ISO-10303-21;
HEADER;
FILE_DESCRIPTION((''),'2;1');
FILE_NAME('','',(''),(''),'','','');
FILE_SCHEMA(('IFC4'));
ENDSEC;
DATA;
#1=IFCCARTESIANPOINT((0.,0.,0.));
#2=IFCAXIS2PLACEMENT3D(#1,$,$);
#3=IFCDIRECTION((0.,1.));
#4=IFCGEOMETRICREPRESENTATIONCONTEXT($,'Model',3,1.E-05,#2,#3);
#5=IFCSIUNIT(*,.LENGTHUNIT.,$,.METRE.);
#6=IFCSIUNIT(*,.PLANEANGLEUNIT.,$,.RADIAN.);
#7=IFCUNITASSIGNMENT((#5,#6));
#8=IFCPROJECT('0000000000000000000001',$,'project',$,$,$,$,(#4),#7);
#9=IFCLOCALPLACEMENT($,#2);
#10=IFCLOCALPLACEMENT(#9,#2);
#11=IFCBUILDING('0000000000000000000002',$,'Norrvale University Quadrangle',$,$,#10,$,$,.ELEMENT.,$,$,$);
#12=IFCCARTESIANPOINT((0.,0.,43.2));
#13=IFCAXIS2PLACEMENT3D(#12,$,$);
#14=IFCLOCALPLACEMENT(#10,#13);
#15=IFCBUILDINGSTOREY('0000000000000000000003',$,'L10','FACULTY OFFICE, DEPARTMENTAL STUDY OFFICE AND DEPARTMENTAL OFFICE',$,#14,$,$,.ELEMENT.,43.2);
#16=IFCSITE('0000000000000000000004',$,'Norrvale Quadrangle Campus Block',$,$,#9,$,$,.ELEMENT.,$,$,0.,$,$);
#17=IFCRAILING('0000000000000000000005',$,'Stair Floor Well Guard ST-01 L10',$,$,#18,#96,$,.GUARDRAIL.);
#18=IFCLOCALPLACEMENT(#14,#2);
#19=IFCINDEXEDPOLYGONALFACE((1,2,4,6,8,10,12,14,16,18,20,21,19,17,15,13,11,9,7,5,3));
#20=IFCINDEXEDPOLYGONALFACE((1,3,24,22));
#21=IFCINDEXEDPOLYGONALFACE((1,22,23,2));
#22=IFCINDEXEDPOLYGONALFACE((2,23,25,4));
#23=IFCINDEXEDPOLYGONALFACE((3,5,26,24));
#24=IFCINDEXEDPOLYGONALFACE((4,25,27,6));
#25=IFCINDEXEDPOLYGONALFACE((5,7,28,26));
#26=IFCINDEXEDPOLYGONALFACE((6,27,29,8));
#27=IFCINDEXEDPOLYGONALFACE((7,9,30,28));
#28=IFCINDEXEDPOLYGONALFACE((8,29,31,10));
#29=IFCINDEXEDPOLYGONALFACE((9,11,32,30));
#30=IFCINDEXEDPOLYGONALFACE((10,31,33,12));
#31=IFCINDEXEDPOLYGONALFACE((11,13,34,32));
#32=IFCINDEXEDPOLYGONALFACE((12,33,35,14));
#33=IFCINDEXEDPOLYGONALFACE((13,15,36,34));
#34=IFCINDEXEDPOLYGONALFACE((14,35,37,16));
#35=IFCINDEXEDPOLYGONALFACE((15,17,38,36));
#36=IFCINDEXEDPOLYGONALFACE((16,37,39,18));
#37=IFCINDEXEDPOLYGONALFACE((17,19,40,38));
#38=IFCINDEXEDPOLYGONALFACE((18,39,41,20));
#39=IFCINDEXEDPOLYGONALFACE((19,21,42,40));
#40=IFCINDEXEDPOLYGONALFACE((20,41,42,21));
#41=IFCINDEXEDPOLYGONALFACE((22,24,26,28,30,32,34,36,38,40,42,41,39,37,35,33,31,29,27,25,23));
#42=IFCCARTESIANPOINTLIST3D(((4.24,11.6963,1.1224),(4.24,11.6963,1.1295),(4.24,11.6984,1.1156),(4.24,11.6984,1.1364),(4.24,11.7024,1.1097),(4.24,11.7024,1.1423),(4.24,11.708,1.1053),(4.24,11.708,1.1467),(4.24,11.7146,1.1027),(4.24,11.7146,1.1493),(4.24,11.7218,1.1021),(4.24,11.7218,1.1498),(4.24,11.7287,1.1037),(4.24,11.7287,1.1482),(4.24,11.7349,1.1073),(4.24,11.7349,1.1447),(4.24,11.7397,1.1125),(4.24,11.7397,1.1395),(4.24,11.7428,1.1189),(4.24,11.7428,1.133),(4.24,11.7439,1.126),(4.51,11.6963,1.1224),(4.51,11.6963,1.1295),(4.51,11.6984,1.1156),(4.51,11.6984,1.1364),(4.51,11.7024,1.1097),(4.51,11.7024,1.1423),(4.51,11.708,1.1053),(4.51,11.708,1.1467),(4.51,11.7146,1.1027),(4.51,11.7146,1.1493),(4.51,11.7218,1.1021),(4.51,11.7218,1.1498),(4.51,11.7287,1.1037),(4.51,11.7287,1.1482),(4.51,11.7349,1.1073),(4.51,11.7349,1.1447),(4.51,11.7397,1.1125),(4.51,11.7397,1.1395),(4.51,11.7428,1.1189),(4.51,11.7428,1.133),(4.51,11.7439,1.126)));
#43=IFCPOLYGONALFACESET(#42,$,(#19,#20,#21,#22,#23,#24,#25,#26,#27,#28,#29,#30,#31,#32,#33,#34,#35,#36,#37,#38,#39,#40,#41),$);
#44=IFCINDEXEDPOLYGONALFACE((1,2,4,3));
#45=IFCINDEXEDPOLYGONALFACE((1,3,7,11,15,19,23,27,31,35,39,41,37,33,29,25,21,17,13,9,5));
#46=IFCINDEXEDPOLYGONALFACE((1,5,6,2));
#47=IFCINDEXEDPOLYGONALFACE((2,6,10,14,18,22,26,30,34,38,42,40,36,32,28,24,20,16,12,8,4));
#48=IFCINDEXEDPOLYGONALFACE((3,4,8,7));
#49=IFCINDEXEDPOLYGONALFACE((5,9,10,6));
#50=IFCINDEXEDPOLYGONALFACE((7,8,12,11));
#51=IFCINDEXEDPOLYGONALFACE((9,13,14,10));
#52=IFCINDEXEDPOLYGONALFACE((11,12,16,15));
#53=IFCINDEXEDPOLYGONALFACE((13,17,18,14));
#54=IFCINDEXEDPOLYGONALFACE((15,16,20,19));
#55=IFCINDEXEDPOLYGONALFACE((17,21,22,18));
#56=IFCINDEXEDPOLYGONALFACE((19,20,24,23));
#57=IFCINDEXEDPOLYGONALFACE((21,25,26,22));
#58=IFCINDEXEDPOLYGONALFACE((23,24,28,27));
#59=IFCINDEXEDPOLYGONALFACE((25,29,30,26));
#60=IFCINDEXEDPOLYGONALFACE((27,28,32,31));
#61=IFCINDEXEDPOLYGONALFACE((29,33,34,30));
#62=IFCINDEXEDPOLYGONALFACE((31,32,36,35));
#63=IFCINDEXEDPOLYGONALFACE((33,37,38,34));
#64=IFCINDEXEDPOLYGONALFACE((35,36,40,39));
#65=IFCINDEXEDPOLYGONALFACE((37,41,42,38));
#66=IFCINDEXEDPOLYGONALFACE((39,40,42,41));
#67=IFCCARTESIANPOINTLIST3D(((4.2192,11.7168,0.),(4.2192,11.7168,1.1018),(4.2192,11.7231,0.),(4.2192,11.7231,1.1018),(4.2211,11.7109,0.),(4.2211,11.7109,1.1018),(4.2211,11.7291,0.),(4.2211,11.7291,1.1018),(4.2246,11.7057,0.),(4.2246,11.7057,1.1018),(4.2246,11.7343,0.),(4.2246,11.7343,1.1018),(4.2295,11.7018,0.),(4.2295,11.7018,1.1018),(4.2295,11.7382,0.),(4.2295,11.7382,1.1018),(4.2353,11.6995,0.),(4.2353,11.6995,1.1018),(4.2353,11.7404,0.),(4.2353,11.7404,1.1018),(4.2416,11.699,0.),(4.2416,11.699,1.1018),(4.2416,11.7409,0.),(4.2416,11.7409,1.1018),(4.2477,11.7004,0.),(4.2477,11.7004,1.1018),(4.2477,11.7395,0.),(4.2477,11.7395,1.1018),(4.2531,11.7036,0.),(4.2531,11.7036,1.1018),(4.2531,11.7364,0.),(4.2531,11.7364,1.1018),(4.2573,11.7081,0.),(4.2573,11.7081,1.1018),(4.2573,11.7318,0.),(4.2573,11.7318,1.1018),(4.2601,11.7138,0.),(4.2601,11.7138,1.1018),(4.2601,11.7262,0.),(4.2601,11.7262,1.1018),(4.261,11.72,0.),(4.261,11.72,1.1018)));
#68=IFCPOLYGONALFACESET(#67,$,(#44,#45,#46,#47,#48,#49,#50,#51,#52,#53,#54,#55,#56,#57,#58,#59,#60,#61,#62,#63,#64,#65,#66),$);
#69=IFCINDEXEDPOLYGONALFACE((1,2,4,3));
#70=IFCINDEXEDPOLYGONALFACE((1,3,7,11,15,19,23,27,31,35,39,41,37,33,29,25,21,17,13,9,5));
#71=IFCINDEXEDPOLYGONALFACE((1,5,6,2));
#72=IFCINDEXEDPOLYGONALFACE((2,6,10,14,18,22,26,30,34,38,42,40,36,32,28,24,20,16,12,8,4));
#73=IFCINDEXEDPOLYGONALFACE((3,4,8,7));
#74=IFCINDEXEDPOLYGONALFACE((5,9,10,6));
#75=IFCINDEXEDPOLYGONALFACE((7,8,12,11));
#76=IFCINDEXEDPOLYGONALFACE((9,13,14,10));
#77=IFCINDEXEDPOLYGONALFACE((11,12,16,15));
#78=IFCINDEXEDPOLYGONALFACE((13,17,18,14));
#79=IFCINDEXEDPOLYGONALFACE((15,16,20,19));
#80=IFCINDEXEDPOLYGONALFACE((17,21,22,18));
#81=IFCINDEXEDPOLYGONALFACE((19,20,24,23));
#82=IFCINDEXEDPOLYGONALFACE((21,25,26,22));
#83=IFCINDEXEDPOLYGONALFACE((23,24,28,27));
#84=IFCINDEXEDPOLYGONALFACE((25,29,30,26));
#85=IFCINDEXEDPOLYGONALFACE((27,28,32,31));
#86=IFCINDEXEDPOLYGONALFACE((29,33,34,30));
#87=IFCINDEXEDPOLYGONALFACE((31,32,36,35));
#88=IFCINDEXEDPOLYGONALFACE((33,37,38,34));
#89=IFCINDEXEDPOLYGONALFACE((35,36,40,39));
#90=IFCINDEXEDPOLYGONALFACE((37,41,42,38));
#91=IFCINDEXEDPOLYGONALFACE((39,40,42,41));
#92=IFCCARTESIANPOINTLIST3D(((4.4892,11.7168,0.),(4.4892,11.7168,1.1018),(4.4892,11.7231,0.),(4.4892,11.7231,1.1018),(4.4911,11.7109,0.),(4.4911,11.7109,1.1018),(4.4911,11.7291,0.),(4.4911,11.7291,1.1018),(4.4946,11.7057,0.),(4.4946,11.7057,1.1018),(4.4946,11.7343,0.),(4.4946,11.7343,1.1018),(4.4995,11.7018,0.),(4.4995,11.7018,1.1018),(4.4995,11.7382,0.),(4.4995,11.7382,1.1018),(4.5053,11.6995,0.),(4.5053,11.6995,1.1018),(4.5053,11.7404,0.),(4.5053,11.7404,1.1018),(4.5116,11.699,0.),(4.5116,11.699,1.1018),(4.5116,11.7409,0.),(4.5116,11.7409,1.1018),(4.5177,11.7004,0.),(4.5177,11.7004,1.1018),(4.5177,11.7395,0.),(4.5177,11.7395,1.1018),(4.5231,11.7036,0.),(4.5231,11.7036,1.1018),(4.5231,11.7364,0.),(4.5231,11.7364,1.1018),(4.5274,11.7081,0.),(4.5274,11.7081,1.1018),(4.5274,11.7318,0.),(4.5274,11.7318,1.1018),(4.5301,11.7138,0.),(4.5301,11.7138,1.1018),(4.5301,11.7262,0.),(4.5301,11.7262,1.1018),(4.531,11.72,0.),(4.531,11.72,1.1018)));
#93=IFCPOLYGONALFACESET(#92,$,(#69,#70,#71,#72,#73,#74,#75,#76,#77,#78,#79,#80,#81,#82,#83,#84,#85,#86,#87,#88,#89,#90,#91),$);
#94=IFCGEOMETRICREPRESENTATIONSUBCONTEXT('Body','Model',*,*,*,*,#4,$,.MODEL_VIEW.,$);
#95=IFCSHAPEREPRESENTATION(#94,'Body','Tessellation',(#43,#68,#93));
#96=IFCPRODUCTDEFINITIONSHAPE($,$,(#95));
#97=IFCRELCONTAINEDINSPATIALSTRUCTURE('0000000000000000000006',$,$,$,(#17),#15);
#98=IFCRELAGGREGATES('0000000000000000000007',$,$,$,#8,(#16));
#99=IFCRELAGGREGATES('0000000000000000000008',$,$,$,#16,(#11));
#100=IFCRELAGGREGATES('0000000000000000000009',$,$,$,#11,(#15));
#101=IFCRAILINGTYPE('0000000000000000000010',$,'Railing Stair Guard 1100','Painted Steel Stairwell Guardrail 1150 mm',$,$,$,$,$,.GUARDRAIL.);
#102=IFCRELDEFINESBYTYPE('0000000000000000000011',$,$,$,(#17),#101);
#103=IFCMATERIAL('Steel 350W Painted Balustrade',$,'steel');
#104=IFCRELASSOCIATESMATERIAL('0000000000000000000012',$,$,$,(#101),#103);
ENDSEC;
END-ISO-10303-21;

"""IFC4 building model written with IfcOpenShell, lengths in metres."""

from ifc_helpers import new_model, si_unit, direction, frame, origin, origin_2d, place, context, subcontext, project, spatial, circle, extrude, material, type_object, element, save


model = new_model("IFC4")

# Units and contexts
model_context = context("Model", 3, precision=1e-05, world=origin(), true_north=direction((0.0, 1.0)))
body_context = subcontext(model_context, "Body", "Model", "MODEL_VIEW")
ifc_project = project(units=[si_unit("LENGTHUNIT", "METRE"), si_unit("PLANEANGLEUNIT", "RADIAN")], contexts=[model_context])

# Site, building, storey
site_placement = place(None, origin())
site = spatial("IfcSite", under=ifc_project, at=site_placement, Name="Norrvale Quadrangle Campus Block", CompositionType="ELEMENT", RefElevation=0.0)
building_placement = place(site_placement, origin())
building = spatial("IfcBuilding", under=site, at=building_placement, Name="Norrvale University Quadrangle", CompositionType="ELEMENT")
storey_placement = place(building_placement, frame((0.0, 0.0, 43.2)))
storey = spatial("IfcBuildingStorey", under=building, at=storey_placement, Name="L10", Description="FACULTY OFFICE, DEPARTMENTAL STUDY OFFICE AND DEPARTMENTAL OFFICE", CompositionType="ELEMENT", Elevation=43.2)

# Railing
ifc_material_1 = material(Name="Steel 350W Painted Balustrade", Category="steel")
railing_type = type_object("IfcRailingType", Name="Railing Stair Guard 1100", Description="Painted Steel Stairwell Guardrail 1150 mm", PredefinedType="GUARDRAIL", material=ifc_material_1)
railing_placement = place(storey_placement, frame((4.24, 11.72, 0.0)))
element("IfcRailing", 1, at=railing_placement, inside=storey, type_object=railing_type, Name="Stair Floor Well Guard ST-01 L10", PredefinedType="GUARDRAIL", context=body_context, shape_type="SweptSolid", body=[
    extrude(circle(Radius=0.0239, at=origin_2d()), frame((0.0, 0.0, 1.126), z_axis=(1.0, 0.0, 0.0), x_axis=(0.0, 1.0, 0.0)), (0.0, 0.0, 1.0), 0.27),
    extrude(circle(Radius=0.021, at=origin_2d()), origin(), (0.0, 0.0, 1.0), 1.1018),
    extrude(circle(Radius=0.021, at=origin_2d()), frame((0.27, 0.0, 0.0)), (0.0, 0.0, 1.0), 1.1018),
])

save(model, "model.ifc")
